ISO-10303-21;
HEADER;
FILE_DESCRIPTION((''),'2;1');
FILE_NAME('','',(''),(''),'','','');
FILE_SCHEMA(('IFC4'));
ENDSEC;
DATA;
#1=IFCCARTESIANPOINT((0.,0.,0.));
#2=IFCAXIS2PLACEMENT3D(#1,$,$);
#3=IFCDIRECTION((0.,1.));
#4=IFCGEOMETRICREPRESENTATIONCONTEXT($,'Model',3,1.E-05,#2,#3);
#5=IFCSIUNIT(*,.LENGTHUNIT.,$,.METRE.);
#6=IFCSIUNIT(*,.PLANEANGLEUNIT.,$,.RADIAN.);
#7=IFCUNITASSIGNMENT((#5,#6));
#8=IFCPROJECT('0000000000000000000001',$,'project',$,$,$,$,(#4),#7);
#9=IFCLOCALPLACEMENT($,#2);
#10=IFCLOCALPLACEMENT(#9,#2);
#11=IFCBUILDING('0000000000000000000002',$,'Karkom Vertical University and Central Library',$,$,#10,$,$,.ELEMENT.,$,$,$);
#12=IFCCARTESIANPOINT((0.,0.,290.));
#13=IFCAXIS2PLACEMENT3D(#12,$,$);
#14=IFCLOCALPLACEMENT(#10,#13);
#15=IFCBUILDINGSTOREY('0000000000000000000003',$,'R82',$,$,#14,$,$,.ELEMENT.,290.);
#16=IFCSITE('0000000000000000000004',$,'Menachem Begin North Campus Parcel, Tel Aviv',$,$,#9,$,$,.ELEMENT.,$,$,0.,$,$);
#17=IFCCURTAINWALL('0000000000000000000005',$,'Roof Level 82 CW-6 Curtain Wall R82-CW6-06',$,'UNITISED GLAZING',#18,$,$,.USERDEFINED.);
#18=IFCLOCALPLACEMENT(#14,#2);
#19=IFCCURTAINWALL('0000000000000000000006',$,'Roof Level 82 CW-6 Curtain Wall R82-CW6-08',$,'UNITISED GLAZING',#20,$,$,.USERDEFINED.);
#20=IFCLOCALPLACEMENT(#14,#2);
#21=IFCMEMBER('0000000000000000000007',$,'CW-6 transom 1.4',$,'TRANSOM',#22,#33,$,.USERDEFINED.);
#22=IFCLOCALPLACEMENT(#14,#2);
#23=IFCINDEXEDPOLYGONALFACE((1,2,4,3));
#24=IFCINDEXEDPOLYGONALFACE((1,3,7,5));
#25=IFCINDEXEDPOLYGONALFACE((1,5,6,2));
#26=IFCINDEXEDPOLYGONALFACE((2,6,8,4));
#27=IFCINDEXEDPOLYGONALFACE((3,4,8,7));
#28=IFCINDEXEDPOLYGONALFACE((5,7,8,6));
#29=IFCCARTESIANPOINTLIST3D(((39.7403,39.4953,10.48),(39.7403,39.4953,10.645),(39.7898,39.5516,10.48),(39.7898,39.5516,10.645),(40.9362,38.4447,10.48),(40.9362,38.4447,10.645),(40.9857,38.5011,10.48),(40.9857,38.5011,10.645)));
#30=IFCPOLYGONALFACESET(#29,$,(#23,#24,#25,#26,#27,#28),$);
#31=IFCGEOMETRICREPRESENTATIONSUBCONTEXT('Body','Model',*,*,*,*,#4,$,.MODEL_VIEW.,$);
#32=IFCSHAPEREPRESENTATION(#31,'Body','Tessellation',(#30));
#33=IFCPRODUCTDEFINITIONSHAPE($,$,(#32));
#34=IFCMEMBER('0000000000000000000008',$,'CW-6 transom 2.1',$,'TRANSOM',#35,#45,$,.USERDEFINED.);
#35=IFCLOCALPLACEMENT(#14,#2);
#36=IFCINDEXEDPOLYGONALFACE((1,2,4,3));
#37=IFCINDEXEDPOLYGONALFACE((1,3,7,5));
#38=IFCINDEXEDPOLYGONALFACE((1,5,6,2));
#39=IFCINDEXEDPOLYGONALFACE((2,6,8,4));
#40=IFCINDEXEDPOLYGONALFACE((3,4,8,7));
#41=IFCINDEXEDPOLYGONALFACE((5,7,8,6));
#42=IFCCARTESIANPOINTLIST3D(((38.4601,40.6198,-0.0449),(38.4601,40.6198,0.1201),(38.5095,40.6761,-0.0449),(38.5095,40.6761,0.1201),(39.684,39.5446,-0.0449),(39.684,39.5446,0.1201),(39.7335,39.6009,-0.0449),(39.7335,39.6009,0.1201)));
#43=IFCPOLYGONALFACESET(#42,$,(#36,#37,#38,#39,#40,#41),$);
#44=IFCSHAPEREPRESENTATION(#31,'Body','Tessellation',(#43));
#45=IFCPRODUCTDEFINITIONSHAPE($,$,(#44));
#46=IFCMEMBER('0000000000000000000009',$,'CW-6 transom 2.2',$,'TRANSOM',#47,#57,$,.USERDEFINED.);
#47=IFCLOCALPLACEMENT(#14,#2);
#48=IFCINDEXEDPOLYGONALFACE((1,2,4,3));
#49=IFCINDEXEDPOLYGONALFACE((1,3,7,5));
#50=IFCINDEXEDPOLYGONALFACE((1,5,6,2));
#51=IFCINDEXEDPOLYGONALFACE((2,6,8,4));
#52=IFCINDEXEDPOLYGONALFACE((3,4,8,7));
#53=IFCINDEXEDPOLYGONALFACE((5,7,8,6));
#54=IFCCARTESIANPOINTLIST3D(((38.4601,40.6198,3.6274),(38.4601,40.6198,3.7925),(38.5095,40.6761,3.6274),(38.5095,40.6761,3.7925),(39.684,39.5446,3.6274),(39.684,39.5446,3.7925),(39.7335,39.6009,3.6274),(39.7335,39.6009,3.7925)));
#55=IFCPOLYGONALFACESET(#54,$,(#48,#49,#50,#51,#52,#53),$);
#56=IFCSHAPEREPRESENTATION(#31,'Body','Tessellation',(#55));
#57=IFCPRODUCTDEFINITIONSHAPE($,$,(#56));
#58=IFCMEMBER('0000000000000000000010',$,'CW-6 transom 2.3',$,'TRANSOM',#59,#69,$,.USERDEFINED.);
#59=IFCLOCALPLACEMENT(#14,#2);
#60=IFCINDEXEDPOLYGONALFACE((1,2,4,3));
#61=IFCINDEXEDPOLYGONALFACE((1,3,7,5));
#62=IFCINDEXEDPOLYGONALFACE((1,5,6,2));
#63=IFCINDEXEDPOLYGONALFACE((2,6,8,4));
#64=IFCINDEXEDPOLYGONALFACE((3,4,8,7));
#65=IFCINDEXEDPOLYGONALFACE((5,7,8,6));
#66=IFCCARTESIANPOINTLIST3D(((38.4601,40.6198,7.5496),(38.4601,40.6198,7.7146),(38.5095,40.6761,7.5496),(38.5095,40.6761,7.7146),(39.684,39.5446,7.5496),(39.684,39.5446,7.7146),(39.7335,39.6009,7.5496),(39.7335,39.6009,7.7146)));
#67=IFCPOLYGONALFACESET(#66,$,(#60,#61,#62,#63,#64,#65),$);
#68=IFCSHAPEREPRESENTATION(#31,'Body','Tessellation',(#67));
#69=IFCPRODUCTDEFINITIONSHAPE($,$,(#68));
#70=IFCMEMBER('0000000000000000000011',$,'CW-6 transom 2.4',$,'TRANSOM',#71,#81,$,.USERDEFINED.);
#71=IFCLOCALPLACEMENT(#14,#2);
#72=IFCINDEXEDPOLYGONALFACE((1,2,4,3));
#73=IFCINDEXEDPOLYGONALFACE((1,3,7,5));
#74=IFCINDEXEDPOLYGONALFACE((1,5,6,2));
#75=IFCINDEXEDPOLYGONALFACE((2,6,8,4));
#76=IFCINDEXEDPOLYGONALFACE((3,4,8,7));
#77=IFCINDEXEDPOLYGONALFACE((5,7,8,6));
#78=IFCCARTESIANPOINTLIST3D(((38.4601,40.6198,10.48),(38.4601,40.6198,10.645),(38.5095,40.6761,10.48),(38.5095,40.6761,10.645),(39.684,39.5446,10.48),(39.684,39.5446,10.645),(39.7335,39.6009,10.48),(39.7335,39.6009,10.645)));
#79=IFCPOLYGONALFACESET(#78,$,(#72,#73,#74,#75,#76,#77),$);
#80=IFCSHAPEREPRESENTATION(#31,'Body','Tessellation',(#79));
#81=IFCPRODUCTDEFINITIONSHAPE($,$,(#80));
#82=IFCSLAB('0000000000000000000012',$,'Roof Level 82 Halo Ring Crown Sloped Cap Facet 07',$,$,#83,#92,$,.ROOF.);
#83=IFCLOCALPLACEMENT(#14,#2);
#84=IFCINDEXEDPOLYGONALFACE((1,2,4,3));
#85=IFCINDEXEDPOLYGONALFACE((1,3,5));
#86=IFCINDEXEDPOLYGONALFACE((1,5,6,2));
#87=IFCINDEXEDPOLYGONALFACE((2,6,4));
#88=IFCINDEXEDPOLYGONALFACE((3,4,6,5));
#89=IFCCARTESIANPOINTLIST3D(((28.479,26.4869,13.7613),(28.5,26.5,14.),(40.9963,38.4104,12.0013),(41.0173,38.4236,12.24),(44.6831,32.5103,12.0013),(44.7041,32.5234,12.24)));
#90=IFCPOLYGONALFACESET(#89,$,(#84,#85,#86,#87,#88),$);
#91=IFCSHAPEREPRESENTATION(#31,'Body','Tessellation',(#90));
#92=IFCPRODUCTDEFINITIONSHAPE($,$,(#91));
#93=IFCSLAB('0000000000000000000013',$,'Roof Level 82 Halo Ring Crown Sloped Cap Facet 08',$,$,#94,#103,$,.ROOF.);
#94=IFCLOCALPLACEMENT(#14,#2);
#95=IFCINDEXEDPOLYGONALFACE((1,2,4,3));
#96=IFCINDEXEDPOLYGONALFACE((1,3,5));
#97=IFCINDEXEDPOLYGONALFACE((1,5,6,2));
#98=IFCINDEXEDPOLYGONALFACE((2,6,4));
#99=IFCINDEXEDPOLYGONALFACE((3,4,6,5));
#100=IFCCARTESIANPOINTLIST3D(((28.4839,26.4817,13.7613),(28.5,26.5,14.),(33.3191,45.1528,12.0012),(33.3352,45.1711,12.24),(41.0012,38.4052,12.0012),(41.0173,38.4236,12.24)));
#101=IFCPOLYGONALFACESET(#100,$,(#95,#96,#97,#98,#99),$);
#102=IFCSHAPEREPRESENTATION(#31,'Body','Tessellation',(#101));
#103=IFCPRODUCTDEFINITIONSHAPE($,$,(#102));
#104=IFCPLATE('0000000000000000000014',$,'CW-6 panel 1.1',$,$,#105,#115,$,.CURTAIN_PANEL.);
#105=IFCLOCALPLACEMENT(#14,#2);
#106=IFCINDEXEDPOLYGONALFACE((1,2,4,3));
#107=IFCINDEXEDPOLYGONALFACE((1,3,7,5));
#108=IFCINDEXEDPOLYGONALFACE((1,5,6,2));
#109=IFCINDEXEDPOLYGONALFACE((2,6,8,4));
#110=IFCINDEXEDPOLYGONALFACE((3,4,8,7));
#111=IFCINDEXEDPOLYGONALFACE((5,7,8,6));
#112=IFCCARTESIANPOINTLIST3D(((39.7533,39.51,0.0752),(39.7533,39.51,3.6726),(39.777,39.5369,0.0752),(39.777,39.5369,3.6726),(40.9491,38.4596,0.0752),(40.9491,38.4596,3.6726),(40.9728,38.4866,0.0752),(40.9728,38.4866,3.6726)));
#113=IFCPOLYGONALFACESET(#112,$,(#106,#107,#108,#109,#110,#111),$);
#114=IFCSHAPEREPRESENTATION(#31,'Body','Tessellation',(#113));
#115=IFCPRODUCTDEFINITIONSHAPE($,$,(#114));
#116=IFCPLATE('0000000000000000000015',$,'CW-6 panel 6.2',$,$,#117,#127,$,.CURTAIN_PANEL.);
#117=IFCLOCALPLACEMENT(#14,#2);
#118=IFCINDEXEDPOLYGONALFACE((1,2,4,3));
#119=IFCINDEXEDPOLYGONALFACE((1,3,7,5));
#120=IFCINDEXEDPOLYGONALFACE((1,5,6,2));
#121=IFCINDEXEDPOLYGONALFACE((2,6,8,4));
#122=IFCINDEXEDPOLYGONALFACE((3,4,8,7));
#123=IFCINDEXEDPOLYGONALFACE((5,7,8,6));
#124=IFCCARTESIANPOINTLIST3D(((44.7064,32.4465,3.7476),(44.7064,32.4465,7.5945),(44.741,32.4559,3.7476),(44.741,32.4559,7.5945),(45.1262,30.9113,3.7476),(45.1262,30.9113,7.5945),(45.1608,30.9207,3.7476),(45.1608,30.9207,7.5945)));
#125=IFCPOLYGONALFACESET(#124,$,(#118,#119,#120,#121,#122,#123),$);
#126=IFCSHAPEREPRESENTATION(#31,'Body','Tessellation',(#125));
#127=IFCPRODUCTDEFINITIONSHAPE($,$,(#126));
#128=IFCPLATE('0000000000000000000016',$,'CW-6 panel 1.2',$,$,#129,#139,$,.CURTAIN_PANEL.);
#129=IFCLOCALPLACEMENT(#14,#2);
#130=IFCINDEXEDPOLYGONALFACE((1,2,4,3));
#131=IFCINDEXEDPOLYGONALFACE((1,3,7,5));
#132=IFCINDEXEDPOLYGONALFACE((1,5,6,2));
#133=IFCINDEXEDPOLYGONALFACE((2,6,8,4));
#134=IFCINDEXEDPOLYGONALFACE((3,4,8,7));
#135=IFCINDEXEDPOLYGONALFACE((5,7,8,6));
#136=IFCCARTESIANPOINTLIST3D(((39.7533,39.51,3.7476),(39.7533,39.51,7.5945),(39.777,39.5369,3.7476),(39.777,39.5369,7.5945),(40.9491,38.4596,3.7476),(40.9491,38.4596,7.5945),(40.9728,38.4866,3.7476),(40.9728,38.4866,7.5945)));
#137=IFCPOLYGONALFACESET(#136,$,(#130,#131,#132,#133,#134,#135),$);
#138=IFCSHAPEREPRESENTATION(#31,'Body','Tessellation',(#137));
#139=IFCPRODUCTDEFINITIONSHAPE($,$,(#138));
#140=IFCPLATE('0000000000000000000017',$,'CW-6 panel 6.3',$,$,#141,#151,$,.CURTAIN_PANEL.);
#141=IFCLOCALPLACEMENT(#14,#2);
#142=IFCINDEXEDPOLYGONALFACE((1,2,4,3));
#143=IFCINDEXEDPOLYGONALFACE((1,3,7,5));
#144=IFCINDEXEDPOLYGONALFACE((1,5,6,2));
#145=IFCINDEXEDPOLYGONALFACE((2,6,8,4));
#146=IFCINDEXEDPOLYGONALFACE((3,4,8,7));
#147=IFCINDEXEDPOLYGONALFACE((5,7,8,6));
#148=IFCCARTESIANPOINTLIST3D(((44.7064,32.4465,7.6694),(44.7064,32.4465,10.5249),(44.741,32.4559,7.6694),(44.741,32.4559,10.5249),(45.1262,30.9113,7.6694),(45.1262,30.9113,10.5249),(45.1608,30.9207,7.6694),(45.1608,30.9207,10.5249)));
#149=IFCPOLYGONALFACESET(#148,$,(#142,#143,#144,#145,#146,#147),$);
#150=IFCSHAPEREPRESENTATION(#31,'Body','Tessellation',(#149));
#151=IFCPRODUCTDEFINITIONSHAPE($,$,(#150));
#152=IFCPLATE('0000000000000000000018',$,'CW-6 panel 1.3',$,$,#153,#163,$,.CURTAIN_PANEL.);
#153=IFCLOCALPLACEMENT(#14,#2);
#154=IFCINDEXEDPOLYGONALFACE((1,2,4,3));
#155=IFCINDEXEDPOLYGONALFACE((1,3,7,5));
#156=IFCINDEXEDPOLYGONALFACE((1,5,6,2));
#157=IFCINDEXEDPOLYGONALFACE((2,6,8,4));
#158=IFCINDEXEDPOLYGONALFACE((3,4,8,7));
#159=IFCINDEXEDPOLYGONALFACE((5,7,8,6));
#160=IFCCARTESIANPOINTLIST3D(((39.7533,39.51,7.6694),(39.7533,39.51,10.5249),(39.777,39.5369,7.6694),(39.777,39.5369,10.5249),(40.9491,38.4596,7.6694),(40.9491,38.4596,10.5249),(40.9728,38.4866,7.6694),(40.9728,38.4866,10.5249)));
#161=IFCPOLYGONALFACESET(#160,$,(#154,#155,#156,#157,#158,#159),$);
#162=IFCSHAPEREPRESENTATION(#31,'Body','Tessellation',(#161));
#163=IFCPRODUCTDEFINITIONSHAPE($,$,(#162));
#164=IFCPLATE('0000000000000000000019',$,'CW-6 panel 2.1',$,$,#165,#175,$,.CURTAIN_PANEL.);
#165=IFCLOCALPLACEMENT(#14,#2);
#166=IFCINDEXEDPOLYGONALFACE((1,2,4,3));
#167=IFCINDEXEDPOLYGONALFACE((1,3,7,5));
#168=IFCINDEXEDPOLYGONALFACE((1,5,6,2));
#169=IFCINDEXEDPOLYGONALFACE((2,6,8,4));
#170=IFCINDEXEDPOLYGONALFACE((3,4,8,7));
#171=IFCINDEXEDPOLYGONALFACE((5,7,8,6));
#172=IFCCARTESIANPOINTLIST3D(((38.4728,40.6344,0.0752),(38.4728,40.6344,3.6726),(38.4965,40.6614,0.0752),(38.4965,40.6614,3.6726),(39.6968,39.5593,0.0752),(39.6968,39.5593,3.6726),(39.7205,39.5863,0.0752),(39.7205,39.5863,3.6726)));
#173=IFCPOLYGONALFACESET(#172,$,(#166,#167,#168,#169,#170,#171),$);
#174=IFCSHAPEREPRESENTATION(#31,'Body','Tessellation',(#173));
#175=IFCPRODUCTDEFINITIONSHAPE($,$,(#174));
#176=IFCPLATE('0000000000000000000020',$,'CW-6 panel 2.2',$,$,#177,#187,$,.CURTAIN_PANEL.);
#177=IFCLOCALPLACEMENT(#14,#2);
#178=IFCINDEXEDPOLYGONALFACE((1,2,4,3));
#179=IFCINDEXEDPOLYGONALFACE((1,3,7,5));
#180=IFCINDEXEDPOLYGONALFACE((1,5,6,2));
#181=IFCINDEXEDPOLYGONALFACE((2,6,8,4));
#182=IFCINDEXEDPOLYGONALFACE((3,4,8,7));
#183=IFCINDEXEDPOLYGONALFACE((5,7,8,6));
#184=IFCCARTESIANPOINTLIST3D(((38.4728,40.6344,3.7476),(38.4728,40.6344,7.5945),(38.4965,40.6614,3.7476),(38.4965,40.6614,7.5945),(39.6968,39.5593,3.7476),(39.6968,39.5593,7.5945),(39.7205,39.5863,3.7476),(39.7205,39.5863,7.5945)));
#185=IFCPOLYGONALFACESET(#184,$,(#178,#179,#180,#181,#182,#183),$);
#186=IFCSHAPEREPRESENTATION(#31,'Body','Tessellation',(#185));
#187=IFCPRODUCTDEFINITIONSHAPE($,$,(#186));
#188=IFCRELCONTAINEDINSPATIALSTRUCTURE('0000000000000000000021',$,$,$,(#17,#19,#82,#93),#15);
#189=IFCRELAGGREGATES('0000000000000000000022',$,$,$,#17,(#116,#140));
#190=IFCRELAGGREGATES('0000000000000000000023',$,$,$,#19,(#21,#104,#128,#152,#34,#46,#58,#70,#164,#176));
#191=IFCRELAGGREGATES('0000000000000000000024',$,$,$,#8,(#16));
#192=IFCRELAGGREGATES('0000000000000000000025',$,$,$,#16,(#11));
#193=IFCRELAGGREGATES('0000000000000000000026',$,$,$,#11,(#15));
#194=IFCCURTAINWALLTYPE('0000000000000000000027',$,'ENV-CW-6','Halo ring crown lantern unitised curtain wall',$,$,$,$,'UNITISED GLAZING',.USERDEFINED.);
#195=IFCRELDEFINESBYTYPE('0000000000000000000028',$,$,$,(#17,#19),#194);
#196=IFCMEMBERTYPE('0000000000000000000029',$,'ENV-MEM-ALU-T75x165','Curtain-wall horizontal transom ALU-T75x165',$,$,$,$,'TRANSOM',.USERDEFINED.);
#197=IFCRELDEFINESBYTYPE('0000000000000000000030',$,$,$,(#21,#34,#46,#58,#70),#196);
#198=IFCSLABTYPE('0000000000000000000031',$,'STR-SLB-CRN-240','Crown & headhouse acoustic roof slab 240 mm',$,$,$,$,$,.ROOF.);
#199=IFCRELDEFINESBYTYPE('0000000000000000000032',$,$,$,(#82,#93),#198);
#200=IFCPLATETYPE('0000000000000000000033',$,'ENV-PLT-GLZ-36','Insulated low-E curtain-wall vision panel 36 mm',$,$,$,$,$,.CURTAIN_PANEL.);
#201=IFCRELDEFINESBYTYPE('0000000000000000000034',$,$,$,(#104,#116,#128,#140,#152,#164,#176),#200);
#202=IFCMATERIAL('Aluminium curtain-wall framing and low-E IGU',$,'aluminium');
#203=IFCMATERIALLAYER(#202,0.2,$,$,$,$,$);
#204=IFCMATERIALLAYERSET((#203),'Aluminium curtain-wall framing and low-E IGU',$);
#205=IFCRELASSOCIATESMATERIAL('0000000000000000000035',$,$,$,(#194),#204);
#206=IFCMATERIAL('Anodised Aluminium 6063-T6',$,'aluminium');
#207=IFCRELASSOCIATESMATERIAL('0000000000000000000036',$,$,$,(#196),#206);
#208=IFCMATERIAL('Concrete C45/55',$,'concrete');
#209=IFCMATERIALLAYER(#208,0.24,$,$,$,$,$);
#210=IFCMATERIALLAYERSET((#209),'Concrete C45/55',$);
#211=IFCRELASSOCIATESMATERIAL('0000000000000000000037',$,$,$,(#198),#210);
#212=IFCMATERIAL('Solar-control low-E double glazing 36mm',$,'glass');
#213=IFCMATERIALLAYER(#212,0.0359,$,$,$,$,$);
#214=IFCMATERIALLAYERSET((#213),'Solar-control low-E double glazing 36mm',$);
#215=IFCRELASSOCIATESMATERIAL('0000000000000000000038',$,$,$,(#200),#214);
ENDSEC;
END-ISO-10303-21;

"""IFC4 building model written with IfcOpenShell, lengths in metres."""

from ifc_helpers import new_model, si_unit, direction, frame, origin, origin_with_axes, origin_2d, place, context, subcontext, project, spatial, polyline, rectangle, outline, extrude, source, transform, mapped, material, layer, layer_set, material_profile, profile_set, type_object, element, aggregate, save


model = new_model("IFC4")

# Units and contexts
model_context = context("Model", 3, precision=1e-05, world=origin(), true_north=direction((0.0, 1.0)))
body_context = subcontext(model_context, "Body", "Model", "MODEL_VIEW")
ifc_project = project(units=[si_unit("LENGTHUNIT", "METRE"), si_unit("PLANEANGLEUNIT", "RADIAN")], contexts=[model_context])

# Site, building, storey
site_placement = place(None, origin())
site = spatial("IfcSite", under=ifc_project, at=site_placement, Name="Menachem Begin North Campus Parcel, Tel Aviv", CompositionType="ELEMENT", RefElevation=0.0)
building_placement = place(site_placement, origin())
building = spatial("IfcBuilding", under=site, at=building_placement, Name="Karkom Vertical University and Central Library", CompositionType="ELEMENT")
storey_placement = place(building_placement, frame((0.0, 0.0, 290.0)))
storey = spatial("IfcBuildingStorey", under=building, at=storey_placement, Name="R82", CompositionType="ELEMENT", Elevation=290.0)

# Shared definitions
ifc_material_1 = material(Name="Concrete C45/55", Category="concrete")

# Curtain wall
ifc_material_2 = material(Name="Aluminium curtain-wall framing and low-E IGU", Category="aluminium")
ifc_layer_1 = layer(ifc_material_2, 0.2)
ifc_layer_set_1 = layer_set([ifc_layer_1], Name="Aluminium curtain-wall framing and low-E IGU")
curtain_wall_type = type_object("IfcCurtainWallType", Name="ENV-CW-6", Description="Halo ring crown lantern unitised curtain wall", ElementType="UNITISED GLAZING", PredefinedType="USERDEFINED", material=ifc_layer_set_1)
curtain_wall_1_placement = place(storey_placement, origin())
curtain_wall_1 = element("IfcCurtainWall", 1, at=curtain_wall_1_placement, inside=storey, type_object=curtain_wall_type, Name="Roof Level 82 CW-6 Curtain Wall R82-CW6-06", ObjectType="UNITISED GLAZING", PredefinedType="USERDEFINED")
ifc_material_3 = material(Name="Anodised Aluminium 6063-T6", Category="aluminium")

# Curtain wall, members
curtain_wall_2_placement = place(storey_placement, origin())
curtain_wall_2 = element("IfcCurtainWall", 2, at=curtain_wall_2_placement, inside=storey, type_object=curtain_wall_type, Name="Roof Level 82 CW-6 Curtain Wall R82-CW6-08", ObjectType="UNITISED GLAZING", PredefinedType="USERDEFINED")
ifc_material_profile_1 = material_profile(ifc_material_3, rectangle(XDim=0.075, YDim=0.165, at=origin_2d()), Name="ALU-T75x165")
ifc_profile_set_1 = profile_set([ifc_material_profile_1], Name="Anodised Aluminium 6063-T6")
member_type_1 = type_object("IfcMemberType", Name="ENV-MEM-ALU-T75x165", Description="Curtain-wall horizontal transom ALU-T75x165", ElementType="TRANSOM", PredefinedType="USERDEFINED", material=ifc_profile_set_1)
shared_shape_1 = source(origin_with_axes(), body_context, "Body", "SweptSolid", [
    extrude(rectangle(XDim=0.075, YDim=0.165, at=origin_2d()), origin(), (0.0, 0.0, 1.0), 1.5918),
])
member_1_placement = place(storey_placement, frame((40.9609, 38.4729, 10.5625), z_axis=(-0.751264, 0.660002, 0.0), x_axis=(-0.660002, -0.751264, 0.0)))
member_1 = element("IfcMember", 3, at=member_1_placement, type_object=member_type_1, Name="CW-6 transom 1.4", ObjectType="TRANSOM", PredefinedType="USERDEFINED", context=body_context, shape_type="MappedRepresentation", body=[
    mapped(shared_shape_1, transform((0.0, 0.0, 0.0), scale=1.0)),
])
shared_shape_2 = source(origin_with_axes(), body_context, "Body", "SweptSolid", [
    extrude(rectangle(XDim=0.075, YDim=0.165, at=origin_2d()), origin(), (0.0, 0.0, 1.0), 1.6292),
])
member_2_placement = place(storey_placement, frame((39.7087, 39.5728, 0.0376), z_axis=(-0.751266, 0.659999, 0.0), x_axis=(-0.659999, -0.751266, 0.0)))
member_2 = element("IfcMember", 4, at=member_2_placement, type_object=member_type_1, Name="CW-6 transom 2.1", ObjectType="TRANSOM", PredefinedType="USERDEFINED", context=body_context, shape_type="MappedRepresentation", body=[
    mapped(shared_shape_2, transform((0.0, 0.0, 0.0), scale=1.0)),
])
member_3_placement = place(storey_placement, frame((39.7087, 39.5728, 3.71), z_axis=(-0.751266, 0.659999, 0.0), x_axis=(-0.659999, -0.751266, 0.0)))
member_3 = element("IfcMember", 5, at=member_3_placement, type_object=member_type_1, Name="CW-6 transom 2.2", ObjectType="TRANSOM", PredefinedType="USERDEFINED", context=body_context, shape_type="MappedRepresentation", body=[
    mapped(shared_shape_2, transform((0.0, 0.0, 0.0), scale=1.0)),
])
member_4_placement = place(storey_placement, frame((39.7087, 39.5728, 7.6321), z_axis=(-0.751266, 0.659999, 0.0), x_axis=(-0.659999, -0.751266, 0.0)))
member_4 = element("IfcMember", 6, at=member_4_placement, type_object=member_type_1, Name="CW-6 transom 2.3", ObjectType="TRANSOM", PredefinedType="USERDEFINED", context=body_context, shape_type="MappedRepresentation", body=[
    mapped(shared_shape_2, transform((0.0, 0.0, 0.0), scale=1.0)),
])
member_5_placement = place(storey_placement, frame((39.7087, 39.5728, 10.5625), z_axis=(-0.751266, 0.659999, 0.0), x_axis=(-0.659999, -0.751266, 0.0)))
member_5 = element("IfcMember", 7, at=member_5_placement, type_object=member_type_1, Name="CW-6 transom 2.4", ObjectType="TRANSOM", PredefinedType="USERDEFINED", context=body_context, shape_type="MappedRepresentation", body=[
    mapped(shared_shape_2, transform((0.0, 0.0, 0.0), scale=1.0)),
])

# Slabs
ifc_layer_2 = layer(ifc_material_1, 0.24)
ifc_layer_set_2 = layer_set([ifc_layer_2], Name="Concrete C45/55")
slab_type = type_object("IfcSlabType", Name="STR-SLB-CRN-240", Description="Crown & headhouse acoustic roof slab 240 mm", PredefinedType="ROOF", material=ifc_layer_set_2)
slab_1_placement = place(storey_placement, frame((44.7041, 32.5234, 12.24), z_axis=(0.08767, 0.054781, 0.994642), x_axis=(-0.529914, 0.848052, 0.0)))
element("IfcSlab", 8, at=slab_1_placement, inside=storey, type_object=slab_type, Name="Roof Level 82 Halo Ring Crown Sloped Cap Facet 07", PredefinedType="ROOF", context=body_context, shape_type="SweptSolid", body=[
    extrude(outline(polyline([(0.0, 0.0), (6.9573, 0.0), (3.4786, 17.025), (0.0, 0.0)])), origin(), (0.0, 0.0, -1.0), 0.24),
])
slab_2_placement = place(storey_placement, frame((41.0173, 38.4236, 12.24), z_axis=(0.067103, 0.076398, 0.994817), x_axis=(-0.75133, 0.659927, 0.0)))
element("IfcSlab", 9, at=slab_2_placement, inside=storey, type_object=slab_type, Name="Roof Level 82 Halo Ring Crown Sloped Cap Facet 08", PredefinedType="ROOF", context=body_context, shape_type="SweptSolid", body=[
    extrude(outline(polyline([(0.0, 0.0), (10.2247, 0.0), (1.536, 17.3088), (0.0, 0.0)])), origin(), (0.0, 0.0, -1.0), 0.24),
])

# Plates
ifc_material_4 = material(Name="Solar-control low-E double glazing 36mm", Category="glass")
ifc_layer_3 = layer(ifc_material_4, 0.0359)
ifc_layer_set_3 = layer_set([ifc_layer_3], Name="Solar-control low-E double glazing 36mm")
plate_type = type_object("IfcPlateType", Name="ENV-PLT-GLZ-36", Description="Insulated low-E curtain-wall vision panel 36 mm", PredefinedType="CURTAIN_PANEL", material=ifc_layer_set_3)
shared_shape_3 = source(origin_with_axes(), body_context, "Body", "SweptSolid", [
    extrude(rectangle(XDim=1.5916, YDim=0.0359, at=origin_2d()), origin(), (0.0, 0.0, 1.0), 3.5974),
])
plate_1_placement = place(storey_placement, frame((40.363, 38.9983, 0.0752), z_axis=(0.0, 0.0, 1.0), x_axis=(-0.751322, 0.659936, 0.0)))
plate_1 = element("IfcPlate", 10, at=plate_1_placement, type_object=plate_type, Name="CW-6 panel 1.1", PredefinedType="CURTAIN_PANEL", context=body_context, shape_type="MappedRepresentation", body=[
    mapped(shared_shape_3, transform((0.0, 0.0, 0.0), scale=1.0)),
])
shared_shape_4 = source(origin_with_axes(), body_context, "Body", "SweptSolid", [
    extrude(rectangle(XDim=1.5916, YDim=0.0359, at=origin_2d()), origin(), (0.0, 0.0, 1.0), 3.8469),
])
plate_2_placement = place(storey_placement, frame((44.9336, 31.6836, 3.7476), z_axis=(0.0, 0.0, 1.0), x_axis=(-0.263791, 0.96458, 0.0)))
plate_2 = element("IfcPlate", 11, at=plate_2_placement, type_object=plate_type, Name="CW-6 panel 6.2", PredefinedType="CURTAIN_PANEL", context=body_context, shape_type="MappedRepresentation", body=[
    mapped(shared_shape_4, transform((0.0, 0.0, 0.0), scale=1.0)),
])
plate_3_placement = place(storey_placement, frame((40.363, 38.9983, 3.7476), z_axis=(0.0, 0.0, 1.0), x_axis=(-0.751322, 0.659936, 0.0)))
plate_3 = element("IfcPlate", 12, at=plate_3_placement, type_object=plate_type, Name="CW-6 panel 1.2", PredefinedType="CURTAIN_PANEL", context=body_context, shape_type="MappedRepresentation", body=[
    mapped(shared_shape_4, transform((0.0, 0.0, 0.0), scale=1.0)),
])
shared_shape_5 = source(origin_with_axes(), body_context, "Body", "SweptSolid", [
    extrude(rectangle(XDim=1.5916, YDim=0.0359, at=origin_2d()), origin(), (0.0, 0.0, 1.0), 2.8555),
])
plate_4_placement = place(storey_placement, frame((44.9336, 31.6836, 7.6694), z_axis=(0.0, 0.0, 1.0), x_axis=(-0.263791, 0.96458, 0.0)))
plate_4 = element("IfcPlate", 13, at=plate_4_placement, type_object=plate_type, Name="CW-6 panel 6.3", PredefinedType="CURTAIN_PANEL", context=body_context, shape_type="MappedRepresentation", body=[
    mapped(shared_shape_5, transform((0.0, 0.0, 0.0), scale=1.0)),
])
aggregate(curtain_wall_1, [plate_2, plate_4])
plate_5_placement = place(storey_placement, frame((40.363, 38.9983, 7.6694), z_axis=(0.0, 0.0, 1.0), x_axis=(-0.751322, 0.659936, 0.0)))
plate_5 = element("IfcPlate", 14, at=plate_5_placement, type_object=plate_type, Name="CW-6 panel 1.3", PredefinedType="CURTAIN_PANEL", context=body_context, shape_type="MappedRepresentation", body=[
    mapped(shared_shape_5, transform((0.0, 0.0, 0.0), scale=1.0)),
])
shared_shape_6 = source(origin_with_axes(), body_context, "Body", "SweptSolid", [
    extrude(rectangle(XDim=1.6292, YDim=0.0359, at=origin_2d()), origin(), (0.0, 0.0, 1.0), 3.5974),
])
plate_6_placement = place(storey_placement, frame((39.0967, 40.1104, 0.0752), z_axis=(0.0, 0.0, 1.0), x_axis=(-0.751322, 0.659936, 0.0)))
plate_6 = element("IfcPlate", 15, at=plate_6_placement, type_object=plate_type, Name="CW-6 panel 2.1", PredefinedType="CURTAIN_PANEL", context=body_context, shape_type="MappedRepresentation", body=[
    mapped(shared_shape_6, transform((0.0, 0.0, 0.0), scale=1.0)),
])
shared_shape_7 = source(origin_with_axes(), body_context, "Body", "SweptSolid", [
    extrude(rectangle(XDim=1.6292, YDim=0.0359, at=origin_2d()), origin(), (0.0, 0.0, 1.0), 3.8469),
])
plate_7_placement = place(storey_placement, frame((39.0967, 40.1104, 3.7476), z_axis=(0.0, 0.0, 1.0), x_axis=(-0.751322, 0.659936, 0.0)))
plate_7 = element("IfcPlate", 16, at=plate_7_placement, type_object=plate_type, Name="CW-6 panel 2.2", PredefinedType="CURTAIN_PANEL", context=body_context, shape_type="MappedRepresentation", body=[
    mapped(shared_shape_7, transform((0.0, 0.0, 0.0), scale=1.0)),
])
aggregate(curtain_wall_2, [member_1, plate_1, plate_3, plate_5, member_2, member_3, member_4, member_5, plate_6, plate_7])

save(model, "model.ifc")
